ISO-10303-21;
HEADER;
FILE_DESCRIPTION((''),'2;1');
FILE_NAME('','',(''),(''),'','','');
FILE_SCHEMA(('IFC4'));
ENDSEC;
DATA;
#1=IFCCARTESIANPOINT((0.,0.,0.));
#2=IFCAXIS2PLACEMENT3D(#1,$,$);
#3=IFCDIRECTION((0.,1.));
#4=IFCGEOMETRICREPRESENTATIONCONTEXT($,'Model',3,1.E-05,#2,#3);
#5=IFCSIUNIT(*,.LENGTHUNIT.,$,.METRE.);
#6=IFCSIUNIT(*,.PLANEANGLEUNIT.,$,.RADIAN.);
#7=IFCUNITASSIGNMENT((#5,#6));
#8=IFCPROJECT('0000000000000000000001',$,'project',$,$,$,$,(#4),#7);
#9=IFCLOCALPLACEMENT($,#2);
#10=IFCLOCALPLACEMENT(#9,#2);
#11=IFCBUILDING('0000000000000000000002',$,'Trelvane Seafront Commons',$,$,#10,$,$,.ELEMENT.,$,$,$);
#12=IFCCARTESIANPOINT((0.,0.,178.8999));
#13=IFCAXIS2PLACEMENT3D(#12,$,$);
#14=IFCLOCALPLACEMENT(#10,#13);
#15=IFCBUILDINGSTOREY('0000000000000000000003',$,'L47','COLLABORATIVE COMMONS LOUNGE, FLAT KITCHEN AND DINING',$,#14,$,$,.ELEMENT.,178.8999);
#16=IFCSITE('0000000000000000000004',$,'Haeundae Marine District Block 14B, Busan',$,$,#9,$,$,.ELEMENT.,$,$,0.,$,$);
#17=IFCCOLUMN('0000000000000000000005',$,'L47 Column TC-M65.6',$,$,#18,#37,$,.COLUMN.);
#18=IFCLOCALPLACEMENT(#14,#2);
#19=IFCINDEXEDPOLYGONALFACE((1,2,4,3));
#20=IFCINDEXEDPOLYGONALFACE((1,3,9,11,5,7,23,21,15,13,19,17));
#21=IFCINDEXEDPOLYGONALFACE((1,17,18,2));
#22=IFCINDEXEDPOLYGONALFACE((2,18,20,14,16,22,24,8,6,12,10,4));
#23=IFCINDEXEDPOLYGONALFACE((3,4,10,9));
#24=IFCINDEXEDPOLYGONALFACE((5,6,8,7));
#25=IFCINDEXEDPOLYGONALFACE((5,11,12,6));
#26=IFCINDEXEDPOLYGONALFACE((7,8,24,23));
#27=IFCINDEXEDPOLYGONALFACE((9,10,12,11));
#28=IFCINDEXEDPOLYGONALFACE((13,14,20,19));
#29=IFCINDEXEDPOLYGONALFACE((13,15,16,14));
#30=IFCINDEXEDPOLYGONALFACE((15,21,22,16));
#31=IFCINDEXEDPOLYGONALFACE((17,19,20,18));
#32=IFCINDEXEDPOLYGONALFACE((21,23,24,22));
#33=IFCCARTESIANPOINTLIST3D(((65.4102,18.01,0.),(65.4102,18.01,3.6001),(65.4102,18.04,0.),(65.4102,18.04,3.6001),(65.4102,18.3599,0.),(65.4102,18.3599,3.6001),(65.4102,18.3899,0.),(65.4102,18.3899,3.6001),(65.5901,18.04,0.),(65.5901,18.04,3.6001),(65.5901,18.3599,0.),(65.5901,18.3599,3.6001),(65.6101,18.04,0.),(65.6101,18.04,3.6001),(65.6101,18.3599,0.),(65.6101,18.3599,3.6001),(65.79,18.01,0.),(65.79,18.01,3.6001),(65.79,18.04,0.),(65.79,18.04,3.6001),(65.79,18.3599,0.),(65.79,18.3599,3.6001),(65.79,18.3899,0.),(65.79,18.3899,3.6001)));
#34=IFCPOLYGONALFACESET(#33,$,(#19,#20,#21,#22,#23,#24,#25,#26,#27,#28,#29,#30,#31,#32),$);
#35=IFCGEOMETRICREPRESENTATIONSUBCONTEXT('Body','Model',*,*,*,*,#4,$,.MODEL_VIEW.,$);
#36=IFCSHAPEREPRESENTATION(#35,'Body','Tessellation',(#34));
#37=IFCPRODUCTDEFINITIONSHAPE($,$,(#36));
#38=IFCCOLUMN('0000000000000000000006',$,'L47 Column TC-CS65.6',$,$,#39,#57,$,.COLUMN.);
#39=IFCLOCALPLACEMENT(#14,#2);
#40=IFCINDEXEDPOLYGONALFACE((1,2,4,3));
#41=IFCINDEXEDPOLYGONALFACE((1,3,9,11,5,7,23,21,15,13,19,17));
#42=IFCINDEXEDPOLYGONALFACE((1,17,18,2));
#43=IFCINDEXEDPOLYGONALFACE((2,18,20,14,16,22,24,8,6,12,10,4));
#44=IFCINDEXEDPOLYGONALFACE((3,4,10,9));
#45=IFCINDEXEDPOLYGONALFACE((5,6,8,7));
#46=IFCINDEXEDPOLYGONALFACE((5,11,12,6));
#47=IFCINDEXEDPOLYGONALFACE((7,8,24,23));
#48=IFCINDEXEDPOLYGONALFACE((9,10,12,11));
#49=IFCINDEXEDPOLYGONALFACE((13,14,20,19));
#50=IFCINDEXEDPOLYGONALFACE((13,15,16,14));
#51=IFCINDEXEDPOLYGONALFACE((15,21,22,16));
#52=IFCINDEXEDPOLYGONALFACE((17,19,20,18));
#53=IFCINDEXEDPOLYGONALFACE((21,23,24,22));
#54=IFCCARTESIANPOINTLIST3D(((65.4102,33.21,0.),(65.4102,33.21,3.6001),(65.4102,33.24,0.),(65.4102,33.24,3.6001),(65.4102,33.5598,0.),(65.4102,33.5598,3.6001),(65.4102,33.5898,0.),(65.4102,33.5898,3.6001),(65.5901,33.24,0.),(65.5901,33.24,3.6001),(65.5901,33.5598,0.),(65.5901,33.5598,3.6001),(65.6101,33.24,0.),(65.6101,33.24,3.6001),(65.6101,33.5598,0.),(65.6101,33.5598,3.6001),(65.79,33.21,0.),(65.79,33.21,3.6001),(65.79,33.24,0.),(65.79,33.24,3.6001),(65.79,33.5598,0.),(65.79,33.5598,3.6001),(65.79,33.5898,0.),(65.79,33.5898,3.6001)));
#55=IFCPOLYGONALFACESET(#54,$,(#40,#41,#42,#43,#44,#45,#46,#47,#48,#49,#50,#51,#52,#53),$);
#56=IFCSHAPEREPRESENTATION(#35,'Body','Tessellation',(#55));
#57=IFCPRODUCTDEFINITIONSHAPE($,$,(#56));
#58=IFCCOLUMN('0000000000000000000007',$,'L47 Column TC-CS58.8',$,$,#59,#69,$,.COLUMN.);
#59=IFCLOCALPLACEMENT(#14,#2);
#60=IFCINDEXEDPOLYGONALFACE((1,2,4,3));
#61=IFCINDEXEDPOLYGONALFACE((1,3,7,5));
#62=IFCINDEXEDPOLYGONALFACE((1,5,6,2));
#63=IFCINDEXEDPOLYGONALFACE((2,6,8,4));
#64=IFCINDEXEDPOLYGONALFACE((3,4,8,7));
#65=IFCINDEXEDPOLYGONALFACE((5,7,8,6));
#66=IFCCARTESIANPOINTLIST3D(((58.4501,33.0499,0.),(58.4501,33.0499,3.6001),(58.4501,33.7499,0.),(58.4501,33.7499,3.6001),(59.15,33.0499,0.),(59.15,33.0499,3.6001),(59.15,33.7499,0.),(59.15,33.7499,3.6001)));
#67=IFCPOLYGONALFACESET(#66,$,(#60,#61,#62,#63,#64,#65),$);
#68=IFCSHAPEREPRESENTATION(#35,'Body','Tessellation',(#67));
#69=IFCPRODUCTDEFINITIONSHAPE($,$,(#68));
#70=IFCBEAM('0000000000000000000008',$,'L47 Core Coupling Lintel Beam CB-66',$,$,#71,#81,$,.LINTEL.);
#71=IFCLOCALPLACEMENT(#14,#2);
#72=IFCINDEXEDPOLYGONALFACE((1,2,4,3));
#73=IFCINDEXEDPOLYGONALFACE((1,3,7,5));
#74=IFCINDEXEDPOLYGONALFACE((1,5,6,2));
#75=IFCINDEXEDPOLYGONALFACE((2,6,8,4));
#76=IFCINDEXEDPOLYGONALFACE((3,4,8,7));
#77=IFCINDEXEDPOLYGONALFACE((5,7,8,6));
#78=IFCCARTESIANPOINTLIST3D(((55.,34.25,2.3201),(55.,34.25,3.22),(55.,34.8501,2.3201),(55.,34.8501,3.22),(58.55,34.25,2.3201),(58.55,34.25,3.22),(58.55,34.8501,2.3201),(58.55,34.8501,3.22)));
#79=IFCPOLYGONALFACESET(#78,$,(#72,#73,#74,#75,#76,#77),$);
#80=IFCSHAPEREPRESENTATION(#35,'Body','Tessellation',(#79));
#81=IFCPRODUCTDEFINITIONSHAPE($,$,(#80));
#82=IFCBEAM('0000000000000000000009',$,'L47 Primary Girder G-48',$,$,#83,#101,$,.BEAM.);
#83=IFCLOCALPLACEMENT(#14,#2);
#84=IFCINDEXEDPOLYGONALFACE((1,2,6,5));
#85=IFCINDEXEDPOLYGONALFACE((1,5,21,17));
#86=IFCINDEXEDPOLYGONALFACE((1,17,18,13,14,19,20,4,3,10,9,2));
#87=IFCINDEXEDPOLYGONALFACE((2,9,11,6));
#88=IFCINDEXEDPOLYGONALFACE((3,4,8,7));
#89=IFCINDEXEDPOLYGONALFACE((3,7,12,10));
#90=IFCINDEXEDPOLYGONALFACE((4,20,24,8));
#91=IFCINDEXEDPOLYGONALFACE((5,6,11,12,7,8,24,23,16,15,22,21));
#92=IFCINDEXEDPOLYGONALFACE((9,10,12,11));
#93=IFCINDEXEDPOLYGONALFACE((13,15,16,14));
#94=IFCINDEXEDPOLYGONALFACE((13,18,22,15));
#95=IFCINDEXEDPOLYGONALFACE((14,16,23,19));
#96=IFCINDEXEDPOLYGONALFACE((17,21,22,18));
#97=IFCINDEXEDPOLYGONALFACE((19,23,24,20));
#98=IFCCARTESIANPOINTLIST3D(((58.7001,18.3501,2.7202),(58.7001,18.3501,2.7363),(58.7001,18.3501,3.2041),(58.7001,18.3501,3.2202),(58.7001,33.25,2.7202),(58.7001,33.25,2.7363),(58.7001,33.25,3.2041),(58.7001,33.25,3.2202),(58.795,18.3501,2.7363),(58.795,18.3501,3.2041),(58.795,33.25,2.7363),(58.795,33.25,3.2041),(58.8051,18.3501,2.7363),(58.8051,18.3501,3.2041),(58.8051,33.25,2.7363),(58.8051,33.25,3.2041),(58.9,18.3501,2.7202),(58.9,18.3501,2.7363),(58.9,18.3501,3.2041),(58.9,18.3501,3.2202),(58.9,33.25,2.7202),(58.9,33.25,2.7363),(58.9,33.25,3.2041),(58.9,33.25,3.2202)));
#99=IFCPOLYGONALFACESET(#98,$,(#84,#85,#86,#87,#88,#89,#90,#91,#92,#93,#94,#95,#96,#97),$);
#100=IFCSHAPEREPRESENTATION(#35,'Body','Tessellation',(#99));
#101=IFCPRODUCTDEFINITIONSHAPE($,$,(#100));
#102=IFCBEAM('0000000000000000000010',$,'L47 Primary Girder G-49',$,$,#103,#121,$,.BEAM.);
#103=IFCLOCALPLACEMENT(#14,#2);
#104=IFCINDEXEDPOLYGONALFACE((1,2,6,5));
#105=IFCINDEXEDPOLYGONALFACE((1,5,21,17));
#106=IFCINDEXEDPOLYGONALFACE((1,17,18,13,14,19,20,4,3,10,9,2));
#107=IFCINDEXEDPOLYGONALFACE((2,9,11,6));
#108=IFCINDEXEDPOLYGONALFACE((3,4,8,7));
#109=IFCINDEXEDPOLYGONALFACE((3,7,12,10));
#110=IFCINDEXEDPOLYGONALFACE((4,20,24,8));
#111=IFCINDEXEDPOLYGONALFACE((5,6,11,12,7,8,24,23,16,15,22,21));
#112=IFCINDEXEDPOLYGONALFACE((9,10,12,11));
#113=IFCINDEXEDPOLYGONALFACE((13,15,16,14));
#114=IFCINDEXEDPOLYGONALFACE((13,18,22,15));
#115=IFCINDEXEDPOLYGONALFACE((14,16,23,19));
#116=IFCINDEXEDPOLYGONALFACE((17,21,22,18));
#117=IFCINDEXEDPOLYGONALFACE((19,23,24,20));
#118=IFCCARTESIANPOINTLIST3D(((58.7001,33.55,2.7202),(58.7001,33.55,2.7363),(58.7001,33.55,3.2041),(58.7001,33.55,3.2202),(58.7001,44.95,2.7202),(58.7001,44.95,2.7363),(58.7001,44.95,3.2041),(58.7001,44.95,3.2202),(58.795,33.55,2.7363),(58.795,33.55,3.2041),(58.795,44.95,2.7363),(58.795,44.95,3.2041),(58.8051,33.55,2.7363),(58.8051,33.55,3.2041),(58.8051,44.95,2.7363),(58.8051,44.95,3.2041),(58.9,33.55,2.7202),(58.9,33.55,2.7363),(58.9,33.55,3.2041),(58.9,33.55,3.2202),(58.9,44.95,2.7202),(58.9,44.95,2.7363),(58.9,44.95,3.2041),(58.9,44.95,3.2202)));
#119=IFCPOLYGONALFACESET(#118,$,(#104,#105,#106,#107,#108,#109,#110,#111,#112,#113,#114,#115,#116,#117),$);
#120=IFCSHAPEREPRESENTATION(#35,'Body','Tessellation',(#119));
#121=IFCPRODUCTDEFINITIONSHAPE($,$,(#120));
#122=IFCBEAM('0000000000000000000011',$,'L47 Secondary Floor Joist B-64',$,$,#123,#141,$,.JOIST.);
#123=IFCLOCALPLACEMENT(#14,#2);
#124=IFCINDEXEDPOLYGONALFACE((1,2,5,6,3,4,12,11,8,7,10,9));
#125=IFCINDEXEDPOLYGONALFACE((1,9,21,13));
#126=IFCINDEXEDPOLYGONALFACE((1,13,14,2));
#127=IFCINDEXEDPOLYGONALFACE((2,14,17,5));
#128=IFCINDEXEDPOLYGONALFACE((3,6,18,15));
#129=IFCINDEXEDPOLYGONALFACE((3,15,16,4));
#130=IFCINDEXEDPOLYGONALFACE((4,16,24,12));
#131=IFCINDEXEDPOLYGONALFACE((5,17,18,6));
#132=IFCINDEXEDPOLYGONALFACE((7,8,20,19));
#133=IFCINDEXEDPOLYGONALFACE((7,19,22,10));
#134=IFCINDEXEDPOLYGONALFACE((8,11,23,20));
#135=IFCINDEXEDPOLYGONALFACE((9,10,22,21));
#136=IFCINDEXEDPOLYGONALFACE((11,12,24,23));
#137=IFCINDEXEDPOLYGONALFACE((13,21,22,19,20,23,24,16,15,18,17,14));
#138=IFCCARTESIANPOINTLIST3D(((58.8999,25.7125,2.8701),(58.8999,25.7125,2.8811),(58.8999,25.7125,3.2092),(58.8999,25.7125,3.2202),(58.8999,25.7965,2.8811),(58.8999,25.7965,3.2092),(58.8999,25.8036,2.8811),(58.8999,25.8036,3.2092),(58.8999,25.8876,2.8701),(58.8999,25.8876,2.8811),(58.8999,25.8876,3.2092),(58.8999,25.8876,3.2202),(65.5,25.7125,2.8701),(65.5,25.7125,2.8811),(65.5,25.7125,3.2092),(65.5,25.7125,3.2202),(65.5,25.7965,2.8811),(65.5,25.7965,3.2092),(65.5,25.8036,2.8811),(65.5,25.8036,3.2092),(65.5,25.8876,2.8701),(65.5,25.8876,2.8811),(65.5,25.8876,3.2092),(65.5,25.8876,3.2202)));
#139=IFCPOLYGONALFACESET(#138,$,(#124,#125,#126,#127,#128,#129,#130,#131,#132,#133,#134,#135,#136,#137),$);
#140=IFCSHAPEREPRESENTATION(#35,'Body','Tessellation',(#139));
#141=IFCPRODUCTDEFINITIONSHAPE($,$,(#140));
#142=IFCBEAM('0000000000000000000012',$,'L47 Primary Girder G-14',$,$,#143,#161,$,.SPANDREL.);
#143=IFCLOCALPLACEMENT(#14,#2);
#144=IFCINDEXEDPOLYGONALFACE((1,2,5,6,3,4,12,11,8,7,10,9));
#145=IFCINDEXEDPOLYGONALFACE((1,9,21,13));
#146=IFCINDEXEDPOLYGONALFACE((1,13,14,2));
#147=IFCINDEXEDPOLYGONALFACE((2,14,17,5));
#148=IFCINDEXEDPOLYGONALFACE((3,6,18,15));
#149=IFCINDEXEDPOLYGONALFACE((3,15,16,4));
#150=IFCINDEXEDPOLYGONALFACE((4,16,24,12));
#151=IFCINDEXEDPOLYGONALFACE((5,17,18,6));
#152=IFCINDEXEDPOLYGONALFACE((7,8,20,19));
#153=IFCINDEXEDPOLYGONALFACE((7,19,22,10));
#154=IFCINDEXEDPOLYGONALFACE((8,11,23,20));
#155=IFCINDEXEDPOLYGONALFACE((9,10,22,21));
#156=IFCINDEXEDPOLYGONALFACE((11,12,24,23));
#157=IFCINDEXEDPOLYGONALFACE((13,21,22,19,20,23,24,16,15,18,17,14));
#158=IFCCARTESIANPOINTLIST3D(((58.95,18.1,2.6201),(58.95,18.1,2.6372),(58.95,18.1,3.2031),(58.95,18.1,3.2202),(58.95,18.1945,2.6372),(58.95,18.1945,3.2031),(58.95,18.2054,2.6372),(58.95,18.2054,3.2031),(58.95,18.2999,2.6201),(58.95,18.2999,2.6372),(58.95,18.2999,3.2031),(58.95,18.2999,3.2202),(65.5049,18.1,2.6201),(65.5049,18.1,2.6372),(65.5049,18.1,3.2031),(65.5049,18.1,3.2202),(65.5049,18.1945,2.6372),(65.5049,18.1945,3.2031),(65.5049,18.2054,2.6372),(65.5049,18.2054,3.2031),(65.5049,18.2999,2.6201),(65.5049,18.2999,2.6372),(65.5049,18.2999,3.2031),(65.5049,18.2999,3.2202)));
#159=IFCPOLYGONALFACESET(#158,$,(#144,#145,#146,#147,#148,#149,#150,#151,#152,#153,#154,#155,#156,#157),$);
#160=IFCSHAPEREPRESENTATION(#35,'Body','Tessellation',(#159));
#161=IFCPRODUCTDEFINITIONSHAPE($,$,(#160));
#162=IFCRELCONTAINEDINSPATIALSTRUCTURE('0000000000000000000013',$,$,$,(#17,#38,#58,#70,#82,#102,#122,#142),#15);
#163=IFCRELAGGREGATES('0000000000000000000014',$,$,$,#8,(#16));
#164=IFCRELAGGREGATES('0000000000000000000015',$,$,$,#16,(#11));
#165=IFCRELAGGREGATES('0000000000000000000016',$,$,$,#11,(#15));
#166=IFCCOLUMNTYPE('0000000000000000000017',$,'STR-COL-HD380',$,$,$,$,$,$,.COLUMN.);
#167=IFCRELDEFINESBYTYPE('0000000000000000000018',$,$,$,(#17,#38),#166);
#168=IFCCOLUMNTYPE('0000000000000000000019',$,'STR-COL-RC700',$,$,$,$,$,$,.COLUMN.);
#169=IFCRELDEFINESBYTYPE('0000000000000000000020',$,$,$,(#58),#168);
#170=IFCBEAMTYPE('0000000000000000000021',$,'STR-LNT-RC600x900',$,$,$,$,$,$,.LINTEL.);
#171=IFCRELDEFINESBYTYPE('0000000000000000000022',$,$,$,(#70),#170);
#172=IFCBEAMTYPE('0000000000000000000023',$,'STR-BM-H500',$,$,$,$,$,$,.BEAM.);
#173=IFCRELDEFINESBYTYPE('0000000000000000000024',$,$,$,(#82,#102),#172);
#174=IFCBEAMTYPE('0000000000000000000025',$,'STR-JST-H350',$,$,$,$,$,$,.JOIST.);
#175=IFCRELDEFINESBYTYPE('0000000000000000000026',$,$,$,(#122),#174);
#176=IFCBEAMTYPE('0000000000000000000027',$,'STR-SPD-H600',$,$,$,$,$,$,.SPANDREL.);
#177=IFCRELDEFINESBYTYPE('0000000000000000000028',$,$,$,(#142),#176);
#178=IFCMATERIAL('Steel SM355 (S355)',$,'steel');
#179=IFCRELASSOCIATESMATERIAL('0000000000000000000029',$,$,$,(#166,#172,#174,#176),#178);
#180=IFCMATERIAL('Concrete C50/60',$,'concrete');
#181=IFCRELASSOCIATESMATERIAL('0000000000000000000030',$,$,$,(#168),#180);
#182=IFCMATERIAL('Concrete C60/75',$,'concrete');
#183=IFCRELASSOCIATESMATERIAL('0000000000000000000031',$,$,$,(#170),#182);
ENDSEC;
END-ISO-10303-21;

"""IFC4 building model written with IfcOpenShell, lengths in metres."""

from ifc_helpers import new_model, si_unit, direction, frame, origin, origin_2d, place, context, subcontext, project, spatial, rectangle, i_section, extrude, source, transform, mapped, material, material_profile, profile_set, type_object, element, save


model = new_model("IFC4")

# Units and contexts
model_context = context("Model", 3, precision=1e-05, world=origin(), true_north=direction((0.0, 1.0)))
body_context = subcontext(model_context, "Body", "Model", "MODEL_VIEW")
ifc_project = project(units=[si_unit("LENGTHUNIT", "METRE"), si_unit("PLANEANGLEUNIT", "RADIAN")], contexts=[model_context])

# Site, building, storey
site_placement = place(None, origin())
site = spatial("IfcSite", under=ifc_project, at=site_placement, Name="Haeundae Marine District Block 14B, Busan", CompositionType="ELEMENT", RefElevation=0.0)
building_placement = place(site_placement, origin())
building = spatial("IfcBuilding", under=site, at=building_placement, Name="Trelvane Seafront Commons", CompositionType="ELEMENT")
storey_placement = place(building_placement, frame((0.0, 0.0, 178.8999)))
storey = spatial("IfcBuildingStorey", under=building, at=storey_placement, Name="L47", Description="COLLABORATIVE COMMONS LOUNGE, FLAT KITCHEN AND DINING", CompositionType="ELEMENT", Elevation=178.8999)

# Columns
ifc_material_1 = material(Name="Steel SM355 (S355)", Category="steel")
ifc_material_profile_1 = material_profile(ifc_material_1, i_section(OverallWidth=0.3799, OverallDepth=0.3799, WebThickness=0.02, FlangeThickness=0.03, at=origin_2d()), Name="HD-380x380x20x30")
ifc_profile_set_1 = profile_set([ifc_material_profile_1], Name="Steel SM355 (S355)")
column_type_1 = type_object("IfcColumnType", Name="STR-COL-HD380", PredefinedType="COLUMN", material=ifc_profile_set_1)
shared_shape_1 = source(origin(), body_context, "Body", "SweptSolid", [
    extrude(i_section(OverallWidth=0.3799, OverallDepth=0.3799, WebThickness=0.02, FlangeThickness=0.03, at=origin_2d()), origin(), (0.0, 0.0, 1.0), 3.6001),
])
for number, where, z_axis, x_axis, name in (
    (1, (65.6001, 18.2, 0.0), (0.0, 0.0, 1.0), (1.0, 0.0, 0.0), "L47 Column TC-M65.6"),
    (2, (65.6001, 33.3999, 0.0), (0.0, 0.0, 1.0), (1.0, 0.0, 0.0), "L47 Column TC-CS65.6"),
):
    element("IfcColumn", number, at=place(storey_placement, frame(where, z_axis=z_axis, x_axis=x_axis)), inside=storey, type_object=column_type_1, Name=name, PredefinedType="COLUMN", context=body_context, shape_type="MappedRepresentation", body=[
        mapped(shared_shape_1, transform((0.0, 0.0, 0.0), x_axis=(1.0, 0.0, 0.0), y_axis=(0.0, 1.0, 0.0), z_axis=(0.0, 0.0, 1.0), scale=1.0)),
    ])
ifc_material_2 = material(Name="Concrete C50/60", Category="concrete")
ifc_material_profile_2 = material_profile(ifc_material_2, rectangle(XDim=0.7, YDim=0.7, at=origin_2d()), Name="RC-700x700")
ifc_profile_set_2 = profile_set([ifc_material_profile_2], Name="Concrete C50/60")
column_type_2 = type_object("IfcColumnType", Name="STR-COL-RC700", PredefinedType="COLUMN", material=ifc_profile_set_2)
shared_shape_2 = source(origin(), body_context, "Body", "SweptSolid", [
    extrude(rectangle(XDim=0.7, YDim=0.7, at=origin_2d()), origin(), (0.0, 0.0, 1.0), 3.6001),
])
column_placement = place(storey_placement, frame((58.8, 33.3999, 0.0), z_axis=(0.0, 0.0, 1.0), x_axis=(1.0, 0.0, 0.0)))
element("IfcColumn", 3, at=column_placement, inside=storey, type_object=column_type_2, Name="L47 Column TC-CS58.8", PredefinedType="COLUMN", context=body_context, shape_type="MappedRepresentation", body=[
    mapped(shared_shape_2, transform((0.0, 0.0, 0.0), x_axis=(1.0, 0.0, 0.0), y_axis=(0.0, 1.0, 0.0), z_axis=(0.0, 0.0, 1.0), scale=1.0)),
])

# Beams
ifc_material_3 = material(Name="Concrete C60/75", Category="concrete")
ifc_material_profile_3 = material_profile(ifc_material_3, rectangle(XDim=0.6001, YDim=0.8999, at=origin_2d()), Name="RC-600x900")
ifc_profile_set_3 = profile_set([ifc_material_profile_3], Name="Concrete C60/75")
beam_type_1 = type_object("IfcBeamType", Name="STR-LNT-RC600x900", PredefinedType="LINTEL", material=ifc_profile_set_3)
shared_shape_3 = source(origin(), body_context, "Body", "SweptSolid", [
    extrude(rectangle(XDim=0.6001, YDim=0.8999, at=origin_2d()), origin(), (0.0, 0.0, 1.0), 3.55),
])
beam_1_placement = place(storey_placement, frame((55.0, 34.55, 2.77), z_axis=(1.0, 0.0, 0.0), x_axis=(0.0, 1.0, 0.0)))
element("IfcBeam", 4, at=beam_1_placement, inside=storey, type_object=beam_type_1, Name="L47 Core Coupling Lintel Beam CB-66", PredefinedType="LINTEL", context=body_context, shape_type="MappedRepresentation", body=[
    mapped(shared_shape_3, transform((0.0, 0.0, 0.0), x_axis=(1.0, 0.0, 0.0), y_axis=(0.0, 1.0, 0.0), z_axis=(0.0, 0.0, 1.0), scale=1.0)),
])
ifc_material_profile_4 = material_profile(ifc_material_1, i_section(OverallWidth=0.2, OverallDepth=0.5, WebThickness=0.01, FlangeThickness=0.0161, at=origin_2d()), Name="H-500x200x10x16")
ifc_profile_set_4 = profile_set([ifc_material_profile_4], Name="Steel SM355 (S355)")
beam_type_2 = type_object("IfcBeamType", Name="STR-BM-H500", PredefinedType="BEAM", material=ifc_profile_set_4)
shared_shape_4 = source(origin(), body_context, "Body", "SweptSolid", [
    extrude(i_section(OverallWidth=0.2, OverallDepth=0.5, WebThickness=0.01, FlangeThickness=0.0161, at=origin_2d()), origin(), (0.0, 0.0, 1.0), 14.8999),
])
beam_2_placement = place(storey_placement, frame((58.8, 18.3501, 2.9702), z_axis=(0.0, 1.0, 0.0), x_axis=(-1.0, 0.0, 0.0)))
element("IfcBeam", 5, at=beam_2_placement, inside=storey, type_object=beam_type_2, Name="L47 Primary Girder G-48", PredefinedType="BEAM", context=body_context, shape_type="MappedRepresentation", body=[
    mapped(shared_shape_4, transform((0.0, 0.0, 0.0), x_axis=(1.0, 0.0, 0.0), y_axis=(0.0, 1.0, 0.0), z_axis=(0.0, 0.0, 1.0), scale=1.0)),
])
shared_shape_5 = source(origin(), body_context, "Body", "SweptSolid", [
    extrude(i_section(OverallWidth=0.2, OverallDepth=0.5, WebThickness=0.01, FlangeThickness=0.0161, at=origin_2d()), origin(), (0.0, 0.0, 1.0), 11.3999),
])
beam_3_placement = place(storey_placement, frame((58.8, 33.55, 2.9702), z_axis=(0.0, 1.0, 0.0), x_axis=(-1.0, 0.0, 0.0)))
element("IfcBeam", 6, at=beam_3_placement, inside=storey, type_object=beam_type_2, Name="L47 Primary Girder G-49", PredefinedType="BEAM", context=body_context, shape_type="MappedRepresentation", body=[
    mapped(shared_shape_5, transform((0.0, 0.0, 0.0), x_axis=(1.0, 0.0, 0.0), y_axis=(0.0, 1.0, 0.0), z_axis=(0.0, 0.0, 1.0), scale=1.0)),
])
ifc_material_profile_5 = material_profile(ifc_material_1, i_section(OverallWidth=0.175, OverallDepth=0.3501, WebThickness=0.0071, FlangeThickness=0.011, at=origin_2d()), Name="H-350x175x7x11")
ifc_profile_set_5 = profile_set([ifc_material_profile_5], Name="Steel SM355 (S355)")
beam_type_3 = type_object("IfcBeamType", Name="STR-JST-H350", PredefinedType="JOIST", material=ifc_profile_set_5)
shared_shape_6 = source(origin(), body_context, "Body", "SweptSolid", [
    extrude(i_section(OverallWidth=0.175, OverallDepth=0.3501, WebThickness=0.0071, FlangeThickness=0.011, at=origin_2d()), origin(), (0.0, 0.0, 1.0), 6.6001),
])
beam_4_placement = place(storey_placement, frame((58.8999, 25.8, 3.0452), z_axis=(1.0, 0.0, 0.0), x_axis=(0.0, 1.0, 0.0)))
element("IfcBeam", 7, at=beam_4_placement, inside=storey, type_object=beam_type_3, Name="L47 Secondary Floor Joist B-64", PredefinedType="JOIST", context=body_context, shape_type="MappedRepresentation", body=[
    mapped(shared_shape_6, transform((0.0, 0.0, 0.0), x_axis=(1.0, 0.0, 0.0), y_axis=(0.0, 1.0, 0.0), z_axis=(0.0, 0.0, 1.0), scale=1.0)),
])
ifc_material_profile_6 = material_profile(ifc_material_1, i_section(OverallWidth=0.2, OverallDepth=0.6001, WebThickness=0.011, FlangeThickness=0.0171, at=origin_2d()), Name="H-600x200x11x17")
ifc_profile_set_6 = profile_set([ifc_material_profile_6], Name="Steel SM355 (S355)")
beam_type_4 = type_object("IfcBeamType", Name="STR-SPD-H600", PredefinedType="SPANDREL", material=ifc_profile_set_6)
shared_shape_7 = source(origin(), body_context, "Body", "SweptSolid", [
    extrude(i_section(OverallWidth=0.2, OverallDepth=0.6001, WebThickness=0.011, FlangeThickness=0.0171, at=origin_2d()), origin(), (0.0, 0.0, 1.0), 6.5549),
])
for number, where, z_axis, x_axis, name in (
    (8, (58.95, 18.2, 2.9202), (1.0, 0.0, 0.0), (0.0, 1.0, 0.0), "L47 Primary Girder G-14"),
):
    element("IfcBeam", number, at=place(storey_placement, frame(where, z_axis=z_axis, x_axis=x_axis)), inside=storey, type_object=beam_type_4, Name=name, PredefinedType="SPANDREL", context=body_context, shape_type="MappedRepresentation", body=[
        mapped(shared_shape_7, transform((0.0, 0.0, 0.0), x_axis=(1.0, 0.0, 0.0), y_axis=(0.0, 1.0, 0.0), z_axis=(0.0, 0.0, 1.0), scale=1.0)),
    ])

save(model, "model.ifc")
